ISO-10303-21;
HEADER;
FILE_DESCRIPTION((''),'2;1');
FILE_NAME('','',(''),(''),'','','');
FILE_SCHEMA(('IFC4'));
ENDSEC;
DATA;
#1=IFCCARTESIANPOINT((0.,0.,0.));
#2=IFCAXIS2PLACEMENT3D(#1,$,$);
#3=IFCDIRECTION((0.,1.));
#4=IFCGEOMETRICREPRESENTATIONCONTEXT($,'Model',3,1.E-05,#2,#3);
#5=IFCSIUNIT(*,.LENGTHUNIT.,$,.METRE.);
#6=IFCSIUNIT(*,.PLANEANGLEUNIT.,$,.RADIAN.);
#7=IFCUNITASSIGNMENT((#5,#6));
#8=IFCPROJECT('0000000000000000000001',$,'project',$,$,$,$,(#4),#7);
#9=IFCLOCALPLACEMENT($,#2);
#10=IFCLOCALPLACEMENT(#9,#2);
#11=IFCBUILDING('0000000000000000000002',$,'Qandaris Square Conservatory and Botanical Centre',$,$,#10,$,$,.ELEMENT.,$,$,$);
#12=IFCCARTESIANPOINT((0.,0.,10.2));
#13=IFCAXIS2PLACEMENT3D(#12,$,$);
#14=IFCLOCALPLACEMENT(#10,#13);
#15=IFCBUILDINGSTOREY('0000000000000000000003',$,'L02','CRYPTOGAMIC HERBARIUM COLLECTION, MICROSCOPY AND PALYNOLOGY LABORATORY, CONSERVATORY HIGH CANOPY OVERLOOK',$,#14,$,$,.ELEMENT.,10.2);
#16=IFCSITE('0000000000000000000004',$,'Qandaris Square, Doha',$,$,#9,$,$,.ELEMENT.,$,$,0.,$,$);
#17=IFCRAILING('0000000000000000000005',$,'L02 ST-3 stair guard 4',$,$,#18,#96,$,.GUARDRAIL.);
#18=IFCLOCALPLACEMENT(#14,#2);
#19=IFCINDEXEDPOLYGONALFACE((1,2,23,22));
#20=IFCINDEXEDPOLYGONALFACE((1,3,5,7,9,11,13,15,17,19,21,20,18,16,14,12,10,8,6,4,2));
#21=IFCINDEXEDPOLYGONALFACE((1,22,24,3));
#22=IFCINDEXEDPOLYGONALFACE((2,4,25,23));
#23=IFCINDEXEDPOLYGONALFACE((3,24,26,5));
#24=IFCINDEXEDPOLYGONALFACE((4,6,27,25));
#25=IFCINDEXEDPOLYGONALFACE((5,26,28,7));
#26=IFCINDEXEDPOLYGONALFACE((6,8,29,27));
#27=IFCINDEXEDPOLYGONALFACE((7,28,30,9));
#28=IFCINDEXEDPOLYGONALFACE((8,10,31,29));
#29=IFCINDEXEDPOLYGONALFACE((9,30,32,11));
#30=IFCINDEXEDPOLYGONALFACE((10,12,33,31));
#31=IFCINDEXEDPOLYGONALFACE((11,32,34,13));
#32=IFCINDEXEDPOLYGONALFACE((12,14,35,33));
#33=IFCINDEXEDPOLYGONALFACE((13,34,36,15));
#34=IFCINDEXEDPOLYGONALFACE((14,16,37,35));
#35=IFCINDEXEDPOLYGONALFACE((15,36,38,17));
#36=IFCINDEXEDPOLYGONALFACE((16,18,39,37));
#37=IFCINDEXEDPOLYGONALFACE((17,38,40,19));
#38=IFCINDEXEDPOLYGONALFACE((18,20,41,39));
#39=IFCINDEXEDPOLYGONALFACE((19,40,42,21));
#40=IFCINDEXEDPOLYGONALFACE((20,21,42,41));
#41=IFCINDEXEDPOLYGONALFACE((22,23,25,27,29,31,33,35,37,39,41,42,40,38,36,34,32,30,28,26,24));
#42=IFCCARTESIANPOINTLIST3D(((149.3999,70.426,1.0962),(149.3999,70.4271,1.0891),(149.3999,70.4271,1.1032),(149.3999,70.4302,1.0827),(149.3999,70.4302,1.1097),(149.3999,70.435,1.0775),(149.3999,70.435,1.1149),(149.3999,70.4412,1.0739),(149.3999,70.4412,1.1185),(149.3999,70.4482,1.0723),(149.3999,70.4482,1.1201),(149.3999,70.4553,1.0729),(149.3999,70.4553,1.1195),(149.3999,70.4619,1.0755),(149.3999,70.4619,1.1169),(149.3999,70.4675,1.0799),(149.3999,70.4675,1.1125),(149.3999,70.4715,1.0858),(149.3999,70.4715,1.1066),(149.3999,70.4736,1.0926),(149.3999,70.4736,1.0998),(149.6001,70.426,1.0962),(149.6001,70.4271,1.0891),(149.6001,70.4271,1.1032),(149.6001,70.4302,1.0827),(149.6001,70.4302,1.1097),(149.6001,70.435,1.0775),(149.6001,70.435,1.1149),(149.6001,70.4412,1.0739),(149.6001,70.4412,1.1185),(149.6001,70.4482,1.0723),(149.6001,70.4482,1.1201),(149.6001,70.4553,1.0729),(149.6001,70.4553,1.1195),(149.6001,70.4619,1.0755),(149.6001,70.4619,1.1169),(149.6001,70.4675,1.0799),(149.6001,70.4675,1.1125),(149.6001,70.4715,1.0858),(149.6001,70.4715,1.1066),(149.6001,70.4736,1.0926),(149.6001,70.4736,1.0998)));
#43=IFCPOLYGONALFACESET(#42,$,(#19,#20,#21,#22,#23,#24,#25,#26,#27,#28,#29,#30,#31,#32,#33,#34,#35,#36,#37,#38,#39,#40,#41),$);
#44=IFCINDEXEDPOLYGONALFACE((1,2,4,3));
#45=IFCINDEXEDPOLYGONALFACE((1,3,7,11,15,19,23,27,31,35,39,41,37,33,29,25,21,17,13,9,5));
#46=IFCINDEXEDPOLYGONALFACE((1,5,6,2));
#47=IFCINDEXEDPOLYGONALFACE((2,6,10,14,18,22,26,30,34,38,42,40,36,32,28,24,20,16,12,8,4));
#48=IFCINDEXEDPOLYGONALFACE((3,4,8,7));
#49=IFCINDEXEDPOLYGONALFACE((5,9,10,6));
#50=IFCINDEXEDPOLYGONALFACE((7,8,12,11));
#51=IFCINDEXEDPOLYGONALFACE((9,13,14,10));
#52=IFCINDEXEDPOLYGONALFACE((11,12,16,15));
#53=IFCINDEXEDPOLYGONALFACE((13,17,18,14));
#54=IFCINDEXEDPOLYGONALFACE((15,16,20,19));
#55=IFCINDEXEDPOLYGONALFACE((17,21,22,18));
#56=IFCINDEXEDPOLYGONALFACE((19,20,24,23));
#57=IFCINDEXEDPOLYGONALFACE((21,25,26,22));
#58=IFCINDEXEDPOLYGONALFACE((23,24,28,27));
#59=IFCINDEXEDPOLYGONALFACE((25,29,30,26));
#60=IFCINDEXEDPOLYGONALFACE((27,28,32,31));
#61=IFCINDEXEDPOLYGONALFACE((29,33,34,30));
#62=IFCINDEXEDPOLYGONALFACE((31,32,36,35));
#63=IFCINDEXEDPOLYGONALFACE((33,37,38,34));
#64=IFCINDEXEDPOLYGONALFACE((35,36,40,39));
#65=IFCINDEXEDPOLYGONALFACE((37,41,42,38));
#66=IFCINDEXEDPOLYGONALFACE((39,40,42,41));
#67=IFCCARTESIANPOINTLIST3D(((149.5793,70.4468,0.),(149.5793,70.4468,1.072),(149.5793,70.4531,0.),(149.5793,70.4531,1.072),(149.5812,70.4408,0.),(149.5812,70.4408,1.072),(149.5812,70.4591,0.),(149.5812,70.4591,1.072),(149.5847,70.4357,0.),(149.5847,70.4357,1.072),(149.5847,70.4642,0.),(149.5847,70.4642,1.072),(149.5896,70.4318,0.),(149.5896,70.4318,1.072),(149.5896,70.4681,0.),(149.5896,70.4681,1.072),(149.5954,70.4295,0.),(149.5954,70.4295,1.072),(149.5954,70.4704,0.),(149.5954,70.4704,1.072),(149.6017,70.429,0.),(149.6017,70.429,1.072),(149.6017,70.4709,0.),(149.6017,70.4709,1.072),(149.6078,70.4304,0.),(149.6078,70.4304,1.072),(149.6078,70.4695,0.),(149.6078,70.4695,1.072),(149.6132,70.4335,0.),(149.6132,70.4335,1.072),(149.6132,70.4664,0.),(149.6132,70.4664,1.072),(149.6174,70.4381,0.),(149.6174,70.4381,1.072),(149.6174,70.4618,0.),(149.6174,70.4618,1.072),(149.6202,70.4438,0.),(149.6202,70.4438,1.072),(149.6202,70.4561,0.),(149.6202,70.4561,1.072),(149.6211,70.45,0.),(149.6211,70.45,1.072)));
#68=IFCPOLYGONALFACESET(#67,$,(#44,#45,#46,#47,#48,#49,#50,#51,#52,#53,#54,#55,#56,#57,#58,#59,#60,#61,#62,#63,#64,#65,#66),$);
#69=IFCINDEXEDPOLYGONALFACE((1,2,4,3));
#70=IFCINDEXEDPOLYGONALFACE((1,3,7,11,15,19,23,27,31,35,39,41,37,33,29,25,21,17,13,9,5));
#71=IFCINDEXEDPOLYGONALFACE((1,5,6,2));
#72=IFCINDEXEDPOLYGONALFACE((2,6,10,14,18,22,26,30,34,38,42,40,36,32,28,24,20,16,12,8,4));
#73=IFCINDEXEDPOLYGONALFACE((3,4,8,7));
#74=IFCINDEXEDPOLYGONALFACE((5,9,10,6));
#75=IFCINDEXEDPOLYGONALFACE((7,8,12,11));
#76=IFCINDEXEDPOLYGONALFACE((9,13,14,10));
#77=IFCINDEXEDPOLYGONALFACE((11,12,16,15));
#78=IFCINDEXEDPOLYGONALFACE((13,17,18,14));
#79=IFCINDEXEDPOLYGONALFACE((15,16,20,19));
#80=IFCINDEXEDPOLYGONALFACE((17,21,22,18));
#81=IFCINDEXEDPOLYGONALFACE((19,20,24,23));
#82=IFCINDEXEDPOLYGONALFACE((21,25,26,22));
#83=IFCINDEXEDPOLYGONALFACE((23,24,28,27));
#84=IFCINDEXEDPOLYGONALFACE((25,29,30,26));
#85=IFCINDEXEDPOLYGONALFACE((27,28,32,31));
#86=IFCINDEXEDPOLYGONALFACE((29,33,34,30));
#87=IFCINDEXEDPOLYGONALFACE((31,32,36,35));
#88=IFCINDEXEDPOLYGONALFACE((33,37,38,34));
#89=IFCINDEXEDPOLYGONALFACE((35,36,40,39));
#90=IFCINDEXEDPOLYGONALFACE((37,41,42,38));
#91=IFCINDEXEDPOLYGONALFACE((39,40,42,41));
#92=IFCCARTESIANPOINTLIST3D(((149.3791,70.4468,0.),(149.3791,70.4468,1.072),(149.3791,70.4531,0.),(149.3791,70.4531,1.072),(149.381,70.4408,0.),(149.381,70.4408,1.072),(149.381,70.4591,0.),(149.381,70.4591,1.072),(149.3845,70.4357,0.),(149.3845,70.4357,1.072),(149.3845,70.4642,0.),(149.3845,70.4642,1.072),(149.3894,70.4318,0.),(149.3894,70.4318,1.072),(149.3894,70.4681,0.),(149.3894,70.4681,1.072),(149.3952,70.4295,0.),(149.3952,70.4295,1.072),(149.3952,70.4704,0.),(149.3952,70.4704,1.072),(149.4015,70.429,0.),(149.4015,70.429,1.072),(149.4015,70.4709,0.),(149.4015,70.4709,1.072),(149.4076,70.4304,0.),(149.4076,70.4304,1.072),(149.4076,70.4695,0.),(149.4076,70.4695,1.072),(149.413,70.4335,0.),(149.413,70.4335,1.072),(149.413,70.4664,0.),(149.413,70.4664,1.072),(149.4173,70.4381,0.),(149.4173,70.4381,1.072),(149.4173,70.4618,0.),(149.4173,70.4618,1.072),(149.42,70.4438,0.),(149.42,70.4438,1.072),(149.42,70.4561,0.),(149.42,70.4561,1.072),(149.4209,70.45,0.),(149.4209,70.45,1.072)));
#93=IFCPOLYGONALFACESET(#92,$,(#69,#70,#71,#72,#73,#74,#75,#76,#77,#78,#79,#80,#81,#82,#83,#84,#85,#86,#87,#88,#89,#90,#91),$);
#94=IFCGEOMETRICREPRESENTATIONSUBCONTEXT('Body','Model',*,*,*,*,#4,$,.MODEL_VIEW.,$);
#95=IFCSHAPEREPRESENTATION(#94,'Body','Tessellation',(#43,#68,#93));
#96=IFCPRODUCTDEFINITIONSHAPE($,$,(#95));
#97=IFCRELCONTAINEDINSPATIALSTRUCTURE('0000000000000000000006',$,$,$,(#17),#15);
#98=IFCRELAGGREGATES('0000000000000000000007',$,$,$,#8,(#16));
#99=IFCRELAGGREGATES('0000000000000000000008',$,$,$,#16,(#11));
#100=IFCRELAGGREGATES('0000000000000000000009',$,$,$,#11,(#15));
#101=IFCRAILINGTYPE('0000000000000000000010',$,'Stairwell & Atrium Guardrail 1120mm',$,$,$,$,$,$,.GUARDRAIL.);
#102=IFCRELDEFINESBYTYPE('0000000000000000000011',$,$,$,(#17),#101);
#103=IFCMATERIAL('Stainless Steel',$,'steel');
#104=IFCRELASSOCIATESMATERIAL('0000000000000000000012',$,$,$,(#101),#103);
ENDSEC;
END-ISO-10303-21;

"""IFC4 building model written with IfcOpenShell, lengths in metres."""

from ifc_helpers import new_model, si_unit, direction, frame, origin, origin_2d, place, context, subcontext, project, spatial, circle, extrude, material, type_object, element, save


model = new_model("IFC4")

# Units and contexts
model_context = context("Model", 3, precision=1e-05, world=origin(), true_north=direction((0.0, 1.0)))
body_context = subcontext(model_context, "Body", "Model", "MODEL_VIEW")
ifc_project = project(units=[si_unit("LENGTHUNIT", "METRE"), si_unit("PLANEANGLEUNIT", "RADIAN")], contexts=[model_context])

# Site, building, storey
site_placement = place(None, origin())
site = spatial("IfcSite", under=ifc_project, at=site_placement, Name="Qandaris Square, Doha", CompositionType="ELEMENT", RefElevation=0.0)
building_placement = place(site_placement, origin())
building = spatial("IfcBuilding", under=site, at=building_placement, Name="Qandaris Square Conservatory and Botanical Centre", CompositionType="ELEMENT")
storey_placement = place(building_placement, frame((0.0, 0.0, 10.2)))
storey = spatial("IfcBuildingStorey", under=building, at=storey_placement, Name="L02", Description="CRYPTOGAMIC HERBARIUM COLLECTION, MICROSCOPY AND PALYNOLOGY LABORATORY, CONSERVATORY HIGH CANOPY OVERLOOK", CompositionType="ELEMENT", Elevation=10.2)

# Railing
ifc_material_1 = material(Name="Stainless Steel", Category="steel")
railing_type_1 = type_object("IfcRailingType", Name="Stairwell & Atrium Guardrail 1120mm", PredefinedType="GUARDRAIL", material=ifc_material_1)
railing_1_placement = place(storey_placement, frame((149.6001, 70.45, 0.0)))
element("IfcRailing", 1, at=railing_1_placement, inside=storey, type_object=railing_type_1, Name="L02 ST-3 stair guard 4", PredefinedType="GUARDRAIL", context=body_context, shape_type="SweptSolid", body=[
    extrude(circle(Radius=0.0239, at=origin_2d()), frame((0.0, 0.0, 1.0962), z_axis=(-1.0, 0.0, 0.0), x_axis=(0.0, -1.0, 0.0)), (0.0, 0.0, 1.0), 0.2002),
    extrude(circle(Radius=0.021, at=origin_2d()), origin(), (0.0, 0.0, 1.0), 1.072),
    extrude(circle(Radius=0.021, at=origin_2d()), frame((-0.2002, 0.0, 0.0)), (0.0, 0.0, 1.0), 1.072),
])

save(model, "model.ifc")
